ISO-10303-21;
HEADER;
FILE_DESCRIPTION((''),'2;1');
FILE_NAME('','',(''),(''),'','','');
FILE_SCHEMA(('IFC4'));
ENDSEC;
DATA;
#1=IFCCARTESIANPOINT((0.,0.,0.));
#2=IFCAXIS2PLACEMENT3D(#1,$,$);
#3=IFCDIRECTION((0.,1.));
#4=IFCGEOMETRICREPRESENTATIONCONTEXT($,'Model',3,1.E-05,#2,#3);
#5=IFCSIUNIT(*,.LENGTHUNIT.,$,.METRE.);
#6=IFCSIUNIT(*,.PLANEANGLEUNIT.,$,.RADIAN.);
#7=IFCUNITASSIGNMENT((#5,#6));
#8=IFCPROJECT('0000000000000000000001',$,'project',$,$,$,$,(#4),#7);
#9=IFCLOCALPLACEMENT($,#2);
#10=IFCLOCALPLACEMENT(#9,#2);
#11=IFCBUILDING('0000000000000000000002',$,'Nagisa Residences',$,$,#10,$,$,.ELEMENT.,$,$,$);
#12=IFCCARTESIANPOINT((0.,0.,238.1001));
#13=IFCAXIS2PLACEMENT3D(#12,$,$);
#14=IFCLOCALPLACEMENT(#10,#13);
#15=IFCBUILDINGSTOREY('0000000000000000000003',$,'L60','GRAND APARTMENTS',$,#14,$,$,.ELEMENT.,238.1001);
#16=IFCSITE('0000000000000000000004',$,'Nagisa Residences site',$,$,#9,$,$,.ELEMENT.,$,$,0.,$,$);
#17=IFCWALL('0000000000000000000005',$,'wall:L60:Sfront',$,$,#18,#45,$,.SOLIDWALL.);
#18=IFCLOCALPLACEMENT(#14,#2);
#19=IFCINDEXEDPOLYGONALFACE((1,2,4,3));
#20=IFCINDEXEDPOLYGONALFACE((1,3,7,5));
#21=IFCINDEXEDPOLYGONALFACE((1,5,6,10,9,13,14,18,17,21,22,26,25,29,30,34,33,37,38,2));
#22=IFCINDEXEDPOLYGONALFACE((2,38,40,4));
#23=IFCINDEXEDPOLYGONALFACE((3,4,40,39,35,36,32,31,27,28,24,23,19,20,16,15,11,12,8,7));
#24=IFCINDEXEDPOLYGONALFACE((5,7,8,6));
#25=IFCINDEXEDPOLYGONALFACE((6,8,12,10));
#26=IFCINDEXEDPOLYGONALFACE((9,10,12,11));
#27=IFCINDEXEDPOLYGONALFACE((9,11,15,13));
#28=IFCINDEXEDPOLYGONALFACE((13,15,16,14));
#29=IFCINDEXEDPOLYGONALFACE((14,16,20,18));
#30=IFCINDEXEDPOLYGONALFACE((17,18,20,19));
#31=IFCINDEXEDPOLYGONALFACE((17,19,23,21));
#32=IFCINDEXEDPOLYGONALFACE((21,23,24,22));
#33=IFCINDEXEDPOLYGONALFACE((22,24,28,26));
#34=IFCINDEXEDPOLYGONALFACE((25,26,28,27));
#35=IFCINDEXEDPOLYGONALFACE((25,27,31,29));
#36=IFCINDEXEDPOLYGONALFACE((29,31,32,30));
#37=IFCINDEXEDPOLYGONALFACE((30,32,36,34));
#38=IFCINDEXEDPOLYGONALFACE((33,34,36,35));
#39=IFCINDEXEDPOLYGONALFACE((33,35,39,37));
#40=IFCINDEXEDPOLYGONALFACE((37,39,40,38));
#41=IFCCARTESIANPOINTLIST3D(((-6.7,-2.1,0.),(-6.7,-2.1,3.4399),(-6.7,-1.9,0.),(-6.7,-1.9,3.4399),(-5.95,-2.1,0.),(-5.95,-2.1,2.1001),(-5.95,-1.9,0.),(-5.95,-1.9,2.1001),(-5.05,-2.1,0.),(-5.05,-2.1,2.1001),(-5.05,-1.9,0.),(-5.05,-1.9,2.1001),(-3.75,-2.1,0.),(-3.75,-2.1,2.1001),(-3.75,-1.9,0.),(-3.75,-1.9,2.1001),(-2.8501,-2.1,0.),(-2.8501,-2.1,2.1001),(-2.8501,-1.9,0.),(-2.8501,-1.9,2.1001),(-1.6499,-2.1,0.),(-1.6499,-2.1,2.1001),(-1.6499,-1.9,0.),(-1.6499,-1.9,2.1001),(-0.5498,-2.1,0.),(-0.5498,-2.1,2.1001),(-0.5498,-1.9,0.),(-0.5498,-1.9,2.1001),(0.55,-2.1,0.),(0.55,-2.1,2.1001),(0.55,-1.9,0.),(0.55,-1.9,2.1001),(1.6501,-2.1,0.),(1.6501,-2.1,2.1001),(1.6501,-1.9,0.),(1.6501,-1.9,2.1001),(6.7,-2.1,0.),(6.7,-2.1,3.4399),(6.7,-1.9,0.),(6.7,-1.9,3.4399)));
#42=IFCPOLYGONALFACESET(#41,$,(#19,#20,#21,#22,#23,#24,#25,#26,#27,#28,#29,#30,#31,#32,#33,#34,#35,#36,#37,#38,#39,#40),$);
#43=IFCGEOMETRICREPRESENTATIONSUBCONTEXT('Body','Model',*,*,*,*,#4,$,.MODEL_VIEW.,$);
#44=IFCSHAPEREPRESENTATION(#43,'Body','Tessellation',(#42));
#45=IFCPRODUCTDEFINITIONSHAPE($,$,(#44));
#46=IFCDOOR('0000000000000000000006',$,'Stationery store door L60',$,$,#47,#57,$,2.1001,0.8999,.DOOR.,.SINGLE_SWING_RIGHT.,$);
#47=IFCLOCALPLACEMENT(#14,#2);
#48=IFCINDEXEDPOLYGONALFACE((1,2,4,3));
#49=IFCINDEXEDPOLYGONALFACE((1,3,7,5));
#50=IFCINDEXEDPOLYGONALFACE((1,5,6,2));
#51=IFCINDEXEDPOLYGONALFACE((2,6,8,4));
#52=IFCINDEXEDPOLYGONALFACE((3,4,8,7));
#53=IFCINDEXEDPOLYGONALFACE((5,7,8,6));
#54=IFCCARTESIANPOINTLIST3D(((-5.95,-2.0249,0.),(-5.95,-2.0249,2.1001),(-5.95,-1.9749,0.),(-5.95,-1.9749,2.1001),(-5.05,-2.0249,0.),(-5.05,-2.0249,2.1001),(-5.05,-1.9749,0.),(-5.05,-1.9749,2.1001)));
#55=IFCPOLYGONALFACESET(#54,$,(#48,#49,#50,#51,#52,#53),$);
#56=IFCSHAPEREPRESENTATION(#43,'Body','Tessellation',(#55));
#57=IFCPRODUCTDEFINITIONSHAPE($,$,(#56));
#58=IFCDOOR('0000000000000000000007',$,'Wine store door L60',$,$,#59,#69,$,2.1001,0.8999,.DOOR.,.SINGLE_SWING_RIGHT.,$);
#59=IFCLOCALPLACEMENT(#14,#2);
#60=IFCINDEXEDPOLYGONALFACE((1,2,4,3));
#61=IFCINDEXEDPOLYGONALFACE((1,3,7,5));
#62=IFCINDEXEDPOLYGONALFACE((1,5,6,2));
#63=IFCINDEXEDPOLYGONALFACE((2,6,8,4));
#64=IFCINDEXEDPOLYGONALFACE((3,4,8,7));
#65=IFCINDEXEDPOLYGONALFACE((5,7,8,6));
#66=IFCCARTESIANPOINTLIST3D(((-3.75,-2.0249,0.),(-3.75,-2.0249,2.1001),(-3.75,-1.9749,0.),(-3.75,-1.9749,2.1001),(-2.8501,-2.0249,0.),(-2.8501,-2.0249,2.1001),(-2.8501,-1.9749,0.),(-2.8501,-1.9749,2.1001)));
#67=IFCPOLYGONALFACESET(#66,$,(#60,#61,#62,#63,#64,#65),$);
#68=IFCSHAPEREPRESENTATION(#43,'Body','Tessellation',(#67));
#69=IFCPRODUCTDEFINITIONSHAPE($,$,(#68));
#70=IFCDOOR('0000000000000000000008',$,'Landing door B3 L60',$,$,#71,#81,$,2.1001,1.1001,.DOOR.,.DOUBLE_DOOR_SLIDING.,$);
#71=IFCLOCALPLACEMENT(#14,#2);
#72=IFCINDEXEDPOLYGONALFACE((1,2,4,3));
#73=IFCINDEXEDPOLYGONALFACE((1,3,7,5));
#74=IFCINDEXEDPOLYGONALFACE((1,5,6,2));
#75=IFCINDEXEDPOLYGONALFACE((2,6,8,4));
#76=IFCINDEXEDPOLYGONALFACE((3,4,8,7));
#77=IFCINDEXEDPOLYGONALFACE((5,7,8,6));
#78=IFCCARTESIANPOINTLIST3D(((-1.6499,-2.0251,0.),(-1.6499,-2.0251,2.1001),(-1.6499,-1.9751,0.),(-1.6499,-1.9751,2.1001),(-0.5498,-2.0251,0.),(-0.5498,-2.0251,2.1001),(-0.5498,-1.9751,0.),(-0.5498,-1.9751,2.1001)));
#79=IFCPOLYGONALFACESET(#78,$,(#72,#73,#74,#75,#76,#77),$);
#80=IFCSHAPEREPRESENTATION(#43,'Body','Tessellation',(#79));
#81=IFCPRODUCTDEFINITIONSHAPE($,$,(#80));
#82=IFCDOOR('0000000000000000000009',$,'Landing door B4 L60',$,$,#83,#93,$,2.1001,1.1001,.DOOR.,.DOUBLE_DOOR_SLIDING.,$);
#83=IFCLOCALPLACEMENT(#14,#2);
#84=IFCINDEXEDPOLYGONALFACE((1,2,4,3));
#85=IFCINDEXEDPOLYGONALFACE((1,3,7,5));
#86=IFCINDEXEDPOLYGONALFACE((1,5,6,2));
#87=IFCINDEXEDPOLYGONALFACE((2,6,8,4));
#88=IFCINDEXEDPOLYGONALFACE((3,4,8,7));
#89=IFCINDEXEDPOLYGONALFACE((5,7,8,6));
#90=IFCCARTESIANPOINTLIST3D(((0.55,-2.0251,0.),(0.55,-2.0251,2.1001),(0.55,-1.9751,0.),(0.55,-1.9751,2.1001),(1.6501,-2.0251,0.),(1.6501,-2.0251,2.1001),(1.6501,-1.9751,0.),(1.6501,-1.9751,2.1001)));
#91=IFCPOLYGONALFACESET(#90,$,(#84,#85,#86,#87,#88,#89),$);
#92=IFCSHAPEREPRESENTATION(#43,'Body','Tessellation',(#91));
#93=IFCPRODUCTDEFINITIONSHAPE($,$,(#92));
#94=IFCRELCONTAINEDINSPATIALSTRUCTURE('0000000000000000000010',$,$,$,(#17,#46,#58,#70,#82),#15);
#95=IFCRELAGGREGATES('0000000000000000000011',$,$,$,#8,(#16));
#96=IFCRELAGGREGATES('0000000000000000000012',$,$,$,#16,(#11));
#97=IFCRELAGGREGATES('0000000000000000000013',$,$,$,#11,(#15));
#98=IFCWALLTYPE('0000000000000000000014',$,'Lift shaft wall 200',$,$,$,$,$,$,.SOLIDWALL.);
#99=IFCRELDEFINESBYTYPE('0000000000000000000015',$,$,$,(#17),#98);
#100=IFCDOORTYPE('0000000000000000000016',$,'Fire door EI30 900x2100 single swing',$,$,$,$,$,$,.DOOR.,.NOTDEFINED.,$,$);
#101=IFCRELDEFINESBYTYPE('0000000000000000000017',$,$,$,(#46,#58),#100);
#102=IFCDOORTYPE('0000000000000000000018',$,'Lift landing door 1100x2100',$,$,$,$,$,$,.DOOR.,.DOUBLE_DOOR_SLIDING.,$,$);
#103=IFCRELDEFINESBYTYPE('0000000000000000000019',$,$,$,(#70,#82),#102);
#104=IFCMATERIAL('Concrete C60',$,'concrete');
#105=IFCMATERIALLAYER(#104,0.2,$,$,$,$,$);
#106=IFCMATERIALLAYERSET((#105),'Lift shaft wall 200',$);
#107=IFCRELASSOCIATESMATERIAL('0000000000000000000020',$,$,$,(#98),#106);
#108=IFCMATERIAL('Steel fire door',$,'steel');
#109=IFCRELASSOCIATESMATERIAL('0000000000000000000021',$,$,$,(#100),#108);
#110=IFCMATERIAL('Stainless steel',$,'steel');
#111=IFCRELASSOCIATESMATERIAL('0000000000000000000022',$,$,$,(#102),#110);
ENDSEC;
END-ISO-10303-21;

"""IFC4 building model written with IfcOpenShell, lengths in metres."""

from ifc_helpers import new_model, si_unit, direction, frame, frame_2d, origin, place, context, subcontext, project, spatial, rectangle, extrude, material, layer, layer_set, type_object, element, fill, save


model = new_model("IFC4")

# Units and contexts
model_context = context("Model", 3, precision=1e-05, world=origin(), true_north=direction((0.0, 1.0)))
body_context = subcontext(model_context, "Body", "Model", "MODEL_VIEW")
ifc_project = project(units=[si_unit("LENGTHUNIT", "METRE"), si_unit("PLANEANGLEUNIT", "RADIAN")], contexts=[model_context])

# Site, building, storey
site_placement = place(None, origin())
site = spatial("IfcSite", under=ifc_project, at=site_placement, Name="Nagisa Residences site", CompositionType="ELEMENT", RefElevation=0.0)
building_placement = place(site_placement, origin())
building = spatial("IfcBuilding", under=site, at=building_placement, Name="Nagisa Residences", CompositionType="ELEMENT")
storey_placement = place(building_placement, frame((0.0, 0.0, 238.1001)))
storey = spatial("IfcBuildingStorey", under=building, at=storey_placement, Name="L60", Description="GRAND APARTMENTS", CompositionType="ELEMENT", Elevation=238.1001)

# Wall, openings, doors
ifc_material_1 = material(Name="Concrete C60", Category="concrete")
ifc_layer_1 = layer(ifc_material_1, 0.2)
ifc_layer_set_1 = layer_set([ifc_layer_1], Name="Lift shaft wall 200")
wall_type_1 = type_object("IfcWallType", Name="Lift shaft wall 200", PredefinedType="SOLIDWALL", material=ifc_layer_set_1)
wall_1_placement = place(storey_placement, frame((-6.7, -2.0, 0.0), z_axis=(0.0, 0.0, 1.0), x_axis=(1.0, 0.0, 0.0)))
wall_1 = element("IfcWall", 1, at=wall_1_placement, inside=storey, type_object=wall_type_1, Name="wall:L60:Sfront", PredefinedType="SOLIDWALL", context=body_context, shape_type="SweptSolid", body=[
    extrude(rectangle(XDim=13.3999, YDim=0.2, at=frame_2d((6.7, 0.0))), origin(), (0.0, 0.0, 1.0), 3.4399),
])
opening_1_placement = place(wall_1_placement, frame((5.05, 0.0, 0.0)))
opening_1 = element("IfcOpeningElement", 2, at=opening_1_placement, cuts=wall_1, PredefinedType="OPENING", context=body_context, shape_type="SweptSolid", body=[
    extrude(rectangle(XDim=1.1001, YDim=2.1001, at=frame_2d((0.55, 1.05))), frame((0.0, 0.1099, 0.0), z_axis=(0.0, -1.0, 0.0), x_axis=(1.0, 0.0, 0.0)), (0.0, 0.0, 1.0), 0.22),
])
opening_2_placement = place(wall_1_placement, frame((7.25, 0.0, 0.0)))
opening_2 = element("IfcOpeningElement", 3, at=opening_2_placement, cuts=wall_1, PredefinedType="OPENING", context=body_context, shape_type="SweptSolid", body=[
    extrude(rectangle(XDim=1.1001, YDim=2.1001, at=frame_2d((0.55, 1.05))), frame((0.0, 0.1099, 0.0), z_axis=(0.0, -1.0, 0.0), x_axis=(1.0, 0.0, 0.0)), (0.0, 0.0, 1.0), 0.22),
])
opening_3_placement = place(wall_1_placement, frame((0.75, 0.0, 0.0)))
opening_3 = element("IfcOpeningElement", 4, at=opening_3_placement, cuts=wall_1, PredefinedType="OPENING", context=body_context, shape_type="SweptSolid", body=[
    extrude(rectangle(XDim=0.8999, YDim=2.1001, at=frame_2d((0.45, 1.05))), frame((0.0, 0.1099, 0.0), z_axis=(0.0, -1.0, 0.0), x_axis=(1.0, 0.0, 0.0)), (0.0, 0.0, 1.0), 0.22),
])
opening_4_placement = place(wall_1_placement, frame((2.95, 0.0, 0.0)))
opening_4 = element("IfcOpeningElement", 5, at=opening_4_placement, cuts=wall_1, PredefinedType="OPENING", context=body_context, shape_type="SweptSolid", body=[
    extrude(rectangle(XDim=0.8999, YDim=2.1001, at=frame_2d((0.45, 1.05))), frame((0.0, 0.1099, 0.0), z_axis=(0.0, -1.0, 0.0), x_axis=(1.0, 0.0, 0.0)), (0.0, 0.0, 1.0), 0.22),
])
ifc_material_2 = material(Name="Steel fire door", Category="steel")
door_type_1 = type_object("IfcDoorType", Name="Fire door EI30 900x2100 single swing", OperationType="NOTDEFINED", PredefinedType="DOOR", material=ifc_material_2)
door_1_placement = place(opening_3_placement, frame((0.8999, 0.0, 0.0), x_axis=(-1.0, 0.0, 0.0)))
door_1 = element("IfcDoor", 6, at=door_1_placement, inside=storey, type_object=door_type_1, Name="Stationery store door L60", OperationType="SINGLE_SWING_RIGHT", OverallHeight=2.1001, OverallWidth=0.8999, PredefinedType="DOOR", context=body_context, shape_type="SweptSolid", body=[
    extrude(rectangle(XDim=0.8999, YDim=2.1001, at=frame_2d((0.45, 1.05))), frame((0.0, 0.0249, 0.0), z_axis=(0.0, -1.0, 0.0), x_axis=(1.0, 0.0, 0.0)), (0.0, 0.0, 1.0), 0.05),
])
fill(opening_3, door_1)
door_2_placement = place(opening_4_placement, frame((0.8999, 0.0, 0.0), x_axis=(-1.0, 0.0, 0.0)))
door_2 = element("IfcDoor", 7, at=door_2_placement, inside=storey, type_object=door_type_1, Name="Wine store door L60", OperationType="SINGLE_SWING_RIGHT", OverallHeight=2.1001, OverallWidth=0.8999, PredefinedType="DOOR", context=body_context, shape_type="SweptSolid", body=[
    extrude(rectangle(XDim=0.8999, YDim=2.1001, at=frame_2d((0.45, 1.05))), frame((0.0, 0.0249, 0.0), z_axis=(0.0, -1.0, 0.0), x_axis=(1.0, 0.0, 0.0)), (0.0, 0.0, 1.0), 0.05),
])
fill(opening_4, door_2)
ifc_material_3 = material(Name="Stainless steel", Category="steel")
door_type_2 = type_object("IfcDoorType", Name="Lift landing door 1100x2100", OperationType="DOUBLE_DOOR_SLIDING", PredefinedType="DOOR", material=ifc_material_3)
door_3_placement = place(opening_1_placement, origin())
door_3 = element("IfcDoor", 8, at=door_3_placement, inside=storey, type_object=door_type_2, Name="Landing door B3 L60", OperationType="DOUBLE_DOOR_SLIDING", OverallHeight=2.1001, OverallWidth=1.1001, PredefinedType="DOOR", context=body_context, shape_type="SweptSolid", body=[
    extrude(rectangle(XDim=1.1001, YDim=2.1001, at=frame_2d((0.55, 1.05))), frame((0.0, 0.0249, 0.0), z_axis=(0.0, -1.0, 0.0), x_axis=(1.0, 0.0, 0.0)), (0.0, 0.0, 1.0), 0.05),
])
fill(opening_1, door_3)
door_4_placement = place(opening_2_placement, origin())
door_4 = element("IfcDoor", 9, at=door_4_placement, inside=storey, type_object=door_type_2, Name="Landing door B4 L60", OperationType="DOUBLE_DOOR_SLIDING", OverallHeight=2.1001, OverallWidth=1.1001, PredefinedType="DOOR", context=body_context, shape_type="SweptSolid", body=[
    extrude(rectangle(XDim=1.1001, YDim=2.1001, at=frame_2d((0.55, 1.05))), frame((0.0, 0.0249, 0.0), z_axis=(0.0, -1.0, 0.0), x_axis=(1.0, 0.0, 0.0)), (0.0, 0.0, 1.0), 0.05),
])
fill(opening_2, door_4)

save(model, "model.ifc")
